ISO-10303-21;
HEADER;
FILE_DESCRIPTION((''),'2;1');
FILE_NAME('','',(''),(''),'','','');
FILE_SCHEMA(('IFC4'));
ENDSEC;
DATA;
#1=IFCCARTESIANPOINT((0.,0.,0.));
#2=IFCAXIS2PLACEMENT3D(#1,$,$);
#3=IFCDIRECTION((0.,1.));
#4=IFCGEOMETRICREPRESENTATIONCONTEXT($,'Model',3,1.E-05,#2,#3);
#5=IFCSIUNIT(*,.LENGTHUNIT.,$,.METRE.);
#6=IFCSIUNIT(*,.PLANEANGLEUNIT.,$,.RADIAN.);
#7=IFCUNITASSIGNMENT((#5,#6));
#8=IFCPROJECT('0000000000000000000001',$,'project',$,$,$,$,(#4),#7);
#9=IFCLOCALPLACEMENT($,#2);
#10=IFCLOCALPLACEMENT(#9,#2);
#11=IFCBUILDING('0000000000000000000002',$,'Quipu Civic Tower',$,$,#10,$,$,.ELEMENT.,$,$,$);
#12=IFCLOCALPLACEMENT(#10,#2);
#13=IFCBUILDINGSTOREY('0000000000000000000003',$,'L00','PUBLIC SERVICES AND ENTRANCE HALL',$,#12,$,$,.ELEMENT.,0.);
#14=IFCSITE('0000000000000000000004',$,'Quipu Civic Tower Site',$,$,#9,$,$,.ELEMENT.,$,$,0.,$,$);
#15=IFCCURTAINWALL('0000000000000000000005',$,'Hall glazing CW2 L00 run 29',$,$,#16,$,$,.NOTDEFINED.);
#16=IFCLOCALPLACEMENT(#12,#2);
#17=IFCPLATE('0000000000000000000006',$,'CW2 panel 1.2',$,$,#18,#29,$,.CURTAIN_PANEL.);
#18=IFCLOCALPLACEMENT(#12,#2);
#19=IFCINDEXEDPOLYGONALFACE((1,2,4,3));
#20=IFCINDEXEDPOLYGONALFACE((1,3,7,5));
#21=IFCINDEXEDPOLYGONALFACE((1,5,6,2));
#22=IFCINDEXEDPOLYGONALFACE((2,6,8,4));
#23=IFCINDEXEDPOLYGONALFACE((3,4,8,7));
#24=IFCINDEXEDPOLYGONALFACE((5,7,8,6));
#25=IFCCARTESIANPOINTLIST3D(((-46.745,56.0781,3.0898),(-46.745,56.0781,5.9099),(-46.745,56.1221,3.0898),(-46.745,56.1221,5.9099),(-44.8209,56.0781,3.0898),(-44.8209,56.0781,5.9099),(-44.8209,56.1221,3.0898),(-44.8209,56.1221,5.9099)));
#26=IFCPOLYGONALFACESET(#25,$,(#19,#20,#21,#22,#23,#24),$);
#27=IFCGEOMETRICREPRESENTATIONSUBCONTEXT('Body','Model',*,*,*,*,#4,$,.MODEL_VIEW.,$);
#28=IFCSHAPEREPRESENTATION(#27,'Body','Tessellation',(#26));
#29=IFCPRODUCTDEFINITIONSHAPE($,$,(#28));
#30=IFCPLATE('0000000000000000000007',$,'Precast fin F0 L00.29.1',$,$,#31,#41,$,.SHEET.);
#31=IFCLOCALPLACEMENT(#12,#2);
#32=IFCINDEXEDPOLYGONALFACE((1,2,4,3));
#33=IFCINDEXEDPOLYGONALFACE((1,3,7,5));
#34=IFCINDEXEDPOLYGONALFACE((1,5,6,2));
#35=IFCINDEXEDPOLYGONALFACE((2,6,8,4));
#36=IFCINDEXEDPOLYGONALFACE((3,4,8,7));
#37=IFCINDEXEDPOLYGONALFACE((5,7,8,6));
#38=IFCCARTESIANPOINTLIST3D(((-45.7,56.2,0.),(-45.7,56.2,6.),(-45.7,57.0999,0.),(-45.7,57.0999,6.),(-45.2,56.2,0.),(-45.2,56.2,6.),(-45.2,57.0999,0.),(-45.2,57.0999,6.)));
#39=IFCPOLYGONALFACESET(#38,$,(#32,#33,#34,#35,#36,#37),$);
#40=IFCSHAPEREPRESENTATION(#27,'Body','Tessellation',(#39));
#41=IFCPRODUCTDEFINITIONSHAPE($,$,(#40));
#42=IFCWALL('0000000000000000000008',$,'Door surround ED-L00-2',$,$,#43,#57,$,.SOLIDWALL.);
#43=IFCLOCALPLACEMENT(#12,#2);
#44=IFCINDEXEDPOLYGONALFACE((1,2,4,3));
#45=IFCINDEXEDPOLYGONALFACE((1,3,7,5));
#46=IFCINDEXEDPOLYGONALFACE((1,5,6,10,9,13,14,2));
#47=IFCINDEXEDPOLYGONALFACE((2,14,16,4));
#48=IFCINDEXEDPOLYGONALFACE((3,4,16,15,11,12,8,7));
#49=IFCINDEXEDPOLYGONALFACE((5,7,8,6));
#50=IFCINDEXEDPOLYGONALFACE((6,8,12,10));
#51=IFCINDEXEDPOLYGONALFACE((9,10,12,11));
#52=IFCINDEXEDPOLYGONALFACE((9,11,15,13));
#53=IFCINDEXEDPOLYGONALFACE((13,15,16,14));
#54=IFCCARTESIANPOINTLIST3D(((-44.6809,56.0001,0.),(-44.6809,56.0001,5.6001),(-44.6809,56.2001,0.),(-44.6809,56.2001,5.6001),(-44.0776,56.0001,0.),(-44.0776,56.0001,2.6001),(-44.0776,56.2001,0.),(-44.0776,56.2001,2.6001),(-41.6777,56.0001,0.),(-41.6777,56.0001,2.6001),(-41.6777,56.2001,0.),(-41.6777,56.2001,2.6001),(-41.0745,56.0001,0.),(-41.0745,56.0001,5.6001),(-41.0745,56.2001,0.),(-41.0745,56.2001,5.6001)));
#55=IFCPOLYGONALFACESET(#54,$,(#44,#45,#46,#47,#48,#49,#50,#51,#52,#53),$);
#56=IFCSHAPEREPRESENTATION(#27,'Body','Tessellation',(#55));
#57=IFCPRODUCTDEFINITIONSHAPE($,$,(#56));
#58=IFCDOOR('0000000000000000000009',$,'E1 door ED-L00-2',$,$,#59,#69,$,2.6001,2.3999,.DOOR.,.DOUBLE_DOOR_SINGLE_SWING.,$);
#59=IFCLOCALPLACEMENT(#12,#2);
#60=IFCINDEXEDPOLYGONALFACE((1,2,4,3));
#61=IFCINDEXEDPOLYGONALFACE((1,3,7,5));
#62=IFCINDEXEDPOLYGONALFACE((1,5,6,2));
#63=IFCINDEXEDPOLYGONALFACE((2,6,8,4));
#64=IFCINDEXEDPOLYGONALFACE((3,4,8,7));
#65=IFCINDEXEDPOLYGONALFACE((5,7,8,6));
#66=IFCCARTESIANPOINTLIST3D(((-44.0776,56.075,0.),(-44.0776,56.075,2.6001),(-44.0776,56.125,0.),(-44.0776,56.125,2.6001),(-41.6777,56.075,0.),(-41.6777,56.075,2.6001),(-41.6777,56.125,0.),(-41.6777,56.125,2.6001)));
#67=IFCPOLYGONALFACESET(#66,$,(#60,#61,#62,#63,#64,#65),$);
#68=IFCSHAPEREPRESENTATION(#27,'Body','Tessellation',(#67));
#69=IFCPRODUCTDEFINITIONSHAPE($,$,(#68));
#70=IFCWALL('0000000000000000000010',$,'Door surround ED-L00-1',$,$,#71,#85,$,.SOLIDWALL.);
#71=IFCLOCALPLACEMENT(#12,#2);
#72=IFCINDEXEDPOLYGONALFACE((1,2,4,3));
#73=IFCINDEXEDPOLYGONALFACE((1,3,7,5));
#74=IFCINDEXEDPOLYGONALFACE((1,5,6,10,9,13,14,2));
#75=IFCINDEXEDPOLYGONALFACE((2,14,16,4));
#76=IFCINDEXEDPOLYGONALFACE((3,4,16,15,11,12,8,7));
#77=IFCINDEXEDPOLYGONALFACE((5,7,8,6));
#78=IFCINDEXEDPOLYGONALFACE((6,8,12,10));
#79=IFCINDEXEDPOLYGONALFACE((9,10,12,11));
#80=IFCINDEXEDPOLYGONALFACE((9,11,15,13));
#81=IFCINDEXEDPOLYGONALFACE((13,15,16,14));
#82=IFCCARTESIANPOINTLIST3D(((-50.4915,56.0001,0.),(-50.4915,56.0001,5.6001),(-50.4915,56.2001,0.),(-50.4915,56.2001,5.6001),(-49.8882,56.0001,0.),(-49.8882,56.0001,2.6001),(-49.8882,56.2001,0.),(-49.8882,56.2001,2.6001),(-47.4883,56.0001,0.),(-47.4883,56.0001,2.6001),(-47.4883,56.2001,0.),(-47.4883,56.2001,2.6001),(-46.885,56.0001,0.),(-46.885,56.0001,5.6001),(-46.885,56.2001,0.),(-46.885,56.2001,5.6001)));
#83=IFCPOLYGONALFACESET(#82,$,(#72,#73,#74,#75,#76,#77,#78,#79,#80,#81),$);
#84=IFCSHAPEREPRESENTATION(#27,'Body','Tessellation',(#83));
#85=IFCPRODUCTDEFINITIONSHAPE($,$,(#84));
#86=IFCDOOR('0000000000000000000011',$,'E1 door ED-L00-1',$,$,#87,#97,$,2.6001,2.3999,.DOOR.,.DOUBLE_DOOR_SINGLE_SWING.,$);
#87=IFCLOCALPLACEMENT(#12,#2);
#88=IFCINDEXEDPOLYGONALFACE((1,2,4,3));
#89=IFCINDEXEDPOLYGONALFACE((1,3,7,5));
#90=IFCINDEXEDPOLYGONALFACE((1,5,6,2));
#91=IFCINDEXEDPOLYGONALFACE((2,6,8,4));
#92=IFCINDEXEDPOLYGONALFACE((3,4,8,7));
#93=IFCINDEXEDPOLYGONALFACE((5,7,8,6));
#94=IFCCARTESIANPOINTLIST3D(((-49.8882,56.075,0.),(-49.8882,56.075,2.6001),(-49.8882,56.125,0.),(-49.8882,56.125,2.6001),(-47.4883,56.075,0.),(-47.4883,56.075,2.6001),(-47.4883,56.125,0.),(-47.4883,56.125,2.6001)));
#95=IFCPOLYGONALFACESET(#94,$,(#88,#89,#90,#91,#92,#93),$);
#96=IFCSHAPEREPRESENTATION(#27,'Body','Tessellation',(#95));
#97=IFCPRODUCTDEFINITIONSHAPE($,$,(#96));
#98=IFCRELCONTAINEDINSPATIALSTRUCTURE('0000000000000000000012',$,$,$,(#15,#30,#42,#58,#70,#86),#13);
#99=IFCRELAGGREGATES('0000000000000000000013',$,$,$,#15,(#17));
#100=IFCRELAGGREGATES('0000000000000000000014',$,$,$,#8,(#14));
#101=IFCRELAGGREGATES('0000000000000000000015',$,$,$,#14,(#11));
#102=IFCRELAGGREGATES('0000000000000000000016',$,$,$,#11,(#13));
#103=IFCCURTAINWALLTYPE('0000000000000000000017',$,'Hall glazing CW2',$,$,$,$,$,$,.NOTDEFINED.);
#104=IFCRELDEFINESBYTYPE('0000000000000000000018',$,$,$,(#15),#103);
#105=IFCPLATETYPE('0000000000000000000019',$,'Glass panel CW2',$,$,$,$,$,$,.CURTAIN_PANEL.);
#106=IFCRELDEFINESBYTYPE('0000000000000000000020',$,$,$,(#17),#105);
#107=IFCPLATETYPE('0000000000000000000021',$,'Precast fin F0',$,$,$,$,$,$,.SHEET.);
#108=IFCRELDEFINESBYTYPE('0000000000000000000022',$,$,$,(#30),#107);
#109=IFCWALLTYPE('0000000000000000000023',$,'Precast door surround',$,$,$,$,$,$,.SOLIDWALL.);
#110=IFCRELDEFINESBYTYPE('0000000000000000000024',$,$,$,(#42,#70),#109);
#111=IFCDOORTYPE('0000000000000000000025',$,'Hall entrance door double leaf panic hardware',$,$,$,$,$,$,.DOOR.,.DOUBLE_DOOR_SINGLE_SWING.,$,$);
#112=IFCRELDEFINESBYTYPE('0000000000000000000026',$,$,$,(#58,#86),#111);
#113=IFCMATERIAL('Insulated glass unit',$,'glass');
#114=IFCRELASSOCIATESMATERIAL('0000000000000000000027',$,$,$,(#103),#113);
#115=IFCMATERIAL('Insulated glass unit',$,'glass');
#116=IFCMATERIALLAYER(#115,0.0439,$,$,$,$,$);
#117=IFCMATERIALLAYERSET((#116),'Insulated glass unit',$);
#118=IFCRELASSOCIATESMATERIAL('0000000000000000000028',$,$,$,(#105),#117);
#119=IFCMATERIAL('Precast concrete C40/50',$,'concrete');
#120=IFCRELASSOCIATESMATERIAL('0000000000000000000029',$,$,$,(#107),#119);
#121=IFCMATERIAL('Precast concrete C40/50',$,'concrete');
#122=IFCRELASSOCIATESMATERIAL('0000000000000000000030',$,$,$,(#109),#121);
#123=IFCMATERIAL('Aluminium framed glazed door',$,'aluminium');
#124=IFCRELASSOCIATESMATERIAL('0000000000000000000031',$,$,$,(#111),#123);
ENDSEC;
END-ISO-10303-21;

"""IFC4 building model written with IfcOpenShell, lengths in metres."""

from ifc_helpers import new_model, si_unit, direction, frame, frame_2d, origin, origin_2d, place, context, subcontext, project, spatial, rectangle, extrude, material, layer, layer_set, type_object, element, fill, aggregate, save


model = new_model("IFC4")

# Units and contexts
model_context = context("Model", 3, precision=1e-05, world=origin(), true_north=direction((0.0, 1.0)))
body_context = subcontext(model_context, "Body", "Model", "MODEL_VIEW")
ifc_project = project(units=[si_unit("LENGTHUNIT", "METRE"), si_unit("PLANEANGLEUNIT", "RADIAN")], contexts=[model_context])

# Site, building, storey
site_placement = place(None, origin())
site = spatial("IfcSite", under=ifc_project, at=site_placement, Name="Quipu Civic Tower Site", CompositionType="ELEMENT", RefElevation=0.0)
building_placement = place(site_placement, origin())
building = spatial("IfcBuilding", under=site, at=building_placement, Name="Quipu Civic Tower", CompositionType="ELEMENT")
storey_placement = place(building_placement, origin())
storey = spatial("IfcBuildingStorey", under=building, at=storey_placement, Name="L00", Description="PUBLIC SERVICES AND ENTRANCE HALL", CompositionType="ELEMENT", Elevation=0.0)

# Curtain wall, plate
ifc_material_1 = material(Name="Insulated glass unit", Category="glass")
curtain_wall_type = type_object("IfcCurtainWallType", Name="Hall glazing CW2", PredefinedType="NOTDEFINED", material=ifc_material_1)
curtain_wall_placement = place(storey_placement, origin())
curtain_wall = element("IfcCurtainWall", 1, at=curtain_wall_placement, inside=storey, type_object=curtain_wall_type, Name="Hall glazing CW2 L00 run 29", PredefinedType="NOTDEFINED")
ifc_material_2 = material(Name="Insulated glass unit", Category="glass")
ifc_layer = layer(ifc_material_2, 0.0439)
ifc_layer_set = layer_set([ifc_layer], Name="Insulated glass unit")
plate_type_1 = type_object("IfcPlateType", Name="Glass panel CW2", PredefinedType="CURTAIN_PANEL", material=ifc_layer_set)
plate_1_placement = place(storey_placement, frame((-45.783, 56.1001, 3.0898), z_axis=(0.0, 0.0, 1.0), x_axis=(-1.0, 0.0, 0.0)))
plate_1 = element("IfcPlate", 2, at=plate_1_placement, type_object=plate_type_1, Name="CW2 panel 1.2", PredefinedType="CURTAIN_PANEL", context=body_context, shape_type="SweptSolid", body=[
    extrude(rectangle(XDim=1.9241, YDim=0.0439, at=origin_2d()), origin(), (0.0, 0.0, 1.0), 2.8201),
])
aggregate(curtain_wall, [plate_1])

# Plate
ifc_material_3 = material(Name="Precast concrete C40/50", Category="concrete")
plate_type_2 = type_object("IfcPlateType", Name="Precast fin F0", PredefinedType="SHEET", material=ifc_material_3)
plate_2_placement = place(storey_placement, frame((-45.45, 56.6499, 0.0), z_axis=(0.0, 0.0, 1.0), x_axis=(-1.0, 0.0, 0.0)))
element("IfcPlate", 3, at=plate_2_placement, inside=storey, type_object=plate_type_2, Name="Precast fin F0 L00.29.1", PredefinedType="SHEET", context=body_context, shape_type="SweptSolid", body=[
    extrude(rectangle(XDim=0.5, YDim=0.8999, at=origin_2d()), origin(), (0.0, 0.0, 1.0), 6.0),
])

# Walls, openings, doors
ifc_material_4 = material(Name="Precast concrete C40/50", Category="concrete")
wall_type = type_object("IfcWallType", Name="Precast door surround", PredefinedType="SOLIDWALL", material=ifc_material_4)
wall_1_placement = place(storey_placement, frame((-44.6809, 56.1001, 0.0), z_axis=(0.0, 0.0, 1.0), x_axis=(1.0, 0.0, 0.0)))
wall_1 = element("IfcWall", 4, at=wall_1_placement, inside=storey, type_object=wall_type, Name="Door surround ED-L00-2", PredefinedType="SOLIDWALL", context=body_context, shape_type="SweptSolid", body=[
    extrude(rectangle(XDim=3.6064, YDim=0.2, at=frame_2d((1.8032, 0.0))), origin(), (0.0, 0.0, 1.0), 5.6001),
])
opening_1_placement = place(wall_1_placement, frame((0.6033, 0.0, 0.0)))
opening_1 = element("IfcOpeningElement", 5, at=opening_1_placement, cuts=wall_1, PredefinedType="OPENING", context=body_context, shape_type="SweptSolid", body=[
    extrude(rectangle(XDim=2.3999, YDim=2.6001, at=frame_2d((1.2, 1.3))), frame((0.0, 0.1099, 0.0), z_axis=(0.0, -1.0, 0.0), x_axis=(1.0, 0.0, 0.0)), (0.0, 0.0, 1.0), 0.22),
])
ifc_material_5 = material(Name="Aluminium framed glazed door", Category="aluminium")
door_type = type_object("IfcDoorType", Name="Hall entrance door double leaf panic hardware", OperationType="DOUBLE_DOOR_SINGLE_SWING", PredefinedType="DOOR", material=ifc_material_5)
door_1_placement = place(opening_1_placement, origin())
door_1 = element("IfcDoor", 6, at=door_1_placement, inside=storey, type_object=door_type, Name="E1 door ED-L00-2", OperationType="DOUBLE_DOOR_SINGLE_SWING", OverallHeight=2.6001, OverallWidth=2.3999, PredefinedType="DOOR", context=body_context, shape_type="SweptSolid", body=[
    extrude(rectangle(XDim=2.3999, YDim=2.6001, at=frame_2d((1.2, 1.3))), frame((0.0, 0.0249, 0.0), z_axis=(0.0, -1.0, 0.0), x_axis=(1.0, 0.0, 0.0)), (0.0, 0.0, 1.0), 0.05),
])
fill(opening_1, door_1)
wall_2_placement = place(storey_placement, frame((-50.4915, 56.1001, 0.0), z_axis=(0.0, 0.0, 1.0), x_axis=(1.0, 0.0, 0.0)))
wall_2 = element("IfcWall", 7, at=wall_2_placement, inside=storey, type_object=wall_type, Name="Door surround ED-L00-1", PredefinedType="SOLIDWALL", context=body_context, shape_type="SweptSolid", body=[
    extrude(rectangle(XDim=3.6064, YDim=0.2, at=frame_2d((1.8032, 0.0))), origin(), (0.0, 0.0, 1.0), 5.6001),
])
opening_2_placement = place(wall_2_placement, frame((0.6033, 0.0, 0.0)))
opening_2 = element("IfcOpeningElement", 8, at=opening_2_placement, cuts=wall_2, PredefinedType="OPENING", context=body_context, shape_type="SweptSolid", body=[
    extrude(rectangle(XDim=2.3999, YDim=2.6001, at=frame_2d((1.2, 1.3))), frame((0.0, 0.1099, 0.0), z_axis=(0.0, -1.0, 0.0), x_axis=(1.0, 0.0, 0.0)), (0.0, 0.0, 1.0), 0.22),
])
door_2_placement = place(opening_2_placement, origin())
door_2 = element("IfcDoor", 9, at=door_2_placement, inside=storey, type_object=door_type, Name="E1 door ED-L00-1", OperationType="DOUBLE_DOOR_SINGLE_SWING", OverallHeight=2.6001, OverallWidth=2.3999, PredefinedType="DOOR", context=body_context, shape_type="SweptSolid", body=[
    extrude(rectangle(XDim=2.3999, YDim=2.6001, at=frame_2d((1.2, 1.3))), frame((0.0, 0.0249, 0.0), z_axis=(0.0, -1.0, 0.0), x_axis=(1.0, 0.0, 0.0)), (0.0, 0.0, 1.0), 0.05),
])
fill(opening_2, door_2)

save(model, "model.ifc")
